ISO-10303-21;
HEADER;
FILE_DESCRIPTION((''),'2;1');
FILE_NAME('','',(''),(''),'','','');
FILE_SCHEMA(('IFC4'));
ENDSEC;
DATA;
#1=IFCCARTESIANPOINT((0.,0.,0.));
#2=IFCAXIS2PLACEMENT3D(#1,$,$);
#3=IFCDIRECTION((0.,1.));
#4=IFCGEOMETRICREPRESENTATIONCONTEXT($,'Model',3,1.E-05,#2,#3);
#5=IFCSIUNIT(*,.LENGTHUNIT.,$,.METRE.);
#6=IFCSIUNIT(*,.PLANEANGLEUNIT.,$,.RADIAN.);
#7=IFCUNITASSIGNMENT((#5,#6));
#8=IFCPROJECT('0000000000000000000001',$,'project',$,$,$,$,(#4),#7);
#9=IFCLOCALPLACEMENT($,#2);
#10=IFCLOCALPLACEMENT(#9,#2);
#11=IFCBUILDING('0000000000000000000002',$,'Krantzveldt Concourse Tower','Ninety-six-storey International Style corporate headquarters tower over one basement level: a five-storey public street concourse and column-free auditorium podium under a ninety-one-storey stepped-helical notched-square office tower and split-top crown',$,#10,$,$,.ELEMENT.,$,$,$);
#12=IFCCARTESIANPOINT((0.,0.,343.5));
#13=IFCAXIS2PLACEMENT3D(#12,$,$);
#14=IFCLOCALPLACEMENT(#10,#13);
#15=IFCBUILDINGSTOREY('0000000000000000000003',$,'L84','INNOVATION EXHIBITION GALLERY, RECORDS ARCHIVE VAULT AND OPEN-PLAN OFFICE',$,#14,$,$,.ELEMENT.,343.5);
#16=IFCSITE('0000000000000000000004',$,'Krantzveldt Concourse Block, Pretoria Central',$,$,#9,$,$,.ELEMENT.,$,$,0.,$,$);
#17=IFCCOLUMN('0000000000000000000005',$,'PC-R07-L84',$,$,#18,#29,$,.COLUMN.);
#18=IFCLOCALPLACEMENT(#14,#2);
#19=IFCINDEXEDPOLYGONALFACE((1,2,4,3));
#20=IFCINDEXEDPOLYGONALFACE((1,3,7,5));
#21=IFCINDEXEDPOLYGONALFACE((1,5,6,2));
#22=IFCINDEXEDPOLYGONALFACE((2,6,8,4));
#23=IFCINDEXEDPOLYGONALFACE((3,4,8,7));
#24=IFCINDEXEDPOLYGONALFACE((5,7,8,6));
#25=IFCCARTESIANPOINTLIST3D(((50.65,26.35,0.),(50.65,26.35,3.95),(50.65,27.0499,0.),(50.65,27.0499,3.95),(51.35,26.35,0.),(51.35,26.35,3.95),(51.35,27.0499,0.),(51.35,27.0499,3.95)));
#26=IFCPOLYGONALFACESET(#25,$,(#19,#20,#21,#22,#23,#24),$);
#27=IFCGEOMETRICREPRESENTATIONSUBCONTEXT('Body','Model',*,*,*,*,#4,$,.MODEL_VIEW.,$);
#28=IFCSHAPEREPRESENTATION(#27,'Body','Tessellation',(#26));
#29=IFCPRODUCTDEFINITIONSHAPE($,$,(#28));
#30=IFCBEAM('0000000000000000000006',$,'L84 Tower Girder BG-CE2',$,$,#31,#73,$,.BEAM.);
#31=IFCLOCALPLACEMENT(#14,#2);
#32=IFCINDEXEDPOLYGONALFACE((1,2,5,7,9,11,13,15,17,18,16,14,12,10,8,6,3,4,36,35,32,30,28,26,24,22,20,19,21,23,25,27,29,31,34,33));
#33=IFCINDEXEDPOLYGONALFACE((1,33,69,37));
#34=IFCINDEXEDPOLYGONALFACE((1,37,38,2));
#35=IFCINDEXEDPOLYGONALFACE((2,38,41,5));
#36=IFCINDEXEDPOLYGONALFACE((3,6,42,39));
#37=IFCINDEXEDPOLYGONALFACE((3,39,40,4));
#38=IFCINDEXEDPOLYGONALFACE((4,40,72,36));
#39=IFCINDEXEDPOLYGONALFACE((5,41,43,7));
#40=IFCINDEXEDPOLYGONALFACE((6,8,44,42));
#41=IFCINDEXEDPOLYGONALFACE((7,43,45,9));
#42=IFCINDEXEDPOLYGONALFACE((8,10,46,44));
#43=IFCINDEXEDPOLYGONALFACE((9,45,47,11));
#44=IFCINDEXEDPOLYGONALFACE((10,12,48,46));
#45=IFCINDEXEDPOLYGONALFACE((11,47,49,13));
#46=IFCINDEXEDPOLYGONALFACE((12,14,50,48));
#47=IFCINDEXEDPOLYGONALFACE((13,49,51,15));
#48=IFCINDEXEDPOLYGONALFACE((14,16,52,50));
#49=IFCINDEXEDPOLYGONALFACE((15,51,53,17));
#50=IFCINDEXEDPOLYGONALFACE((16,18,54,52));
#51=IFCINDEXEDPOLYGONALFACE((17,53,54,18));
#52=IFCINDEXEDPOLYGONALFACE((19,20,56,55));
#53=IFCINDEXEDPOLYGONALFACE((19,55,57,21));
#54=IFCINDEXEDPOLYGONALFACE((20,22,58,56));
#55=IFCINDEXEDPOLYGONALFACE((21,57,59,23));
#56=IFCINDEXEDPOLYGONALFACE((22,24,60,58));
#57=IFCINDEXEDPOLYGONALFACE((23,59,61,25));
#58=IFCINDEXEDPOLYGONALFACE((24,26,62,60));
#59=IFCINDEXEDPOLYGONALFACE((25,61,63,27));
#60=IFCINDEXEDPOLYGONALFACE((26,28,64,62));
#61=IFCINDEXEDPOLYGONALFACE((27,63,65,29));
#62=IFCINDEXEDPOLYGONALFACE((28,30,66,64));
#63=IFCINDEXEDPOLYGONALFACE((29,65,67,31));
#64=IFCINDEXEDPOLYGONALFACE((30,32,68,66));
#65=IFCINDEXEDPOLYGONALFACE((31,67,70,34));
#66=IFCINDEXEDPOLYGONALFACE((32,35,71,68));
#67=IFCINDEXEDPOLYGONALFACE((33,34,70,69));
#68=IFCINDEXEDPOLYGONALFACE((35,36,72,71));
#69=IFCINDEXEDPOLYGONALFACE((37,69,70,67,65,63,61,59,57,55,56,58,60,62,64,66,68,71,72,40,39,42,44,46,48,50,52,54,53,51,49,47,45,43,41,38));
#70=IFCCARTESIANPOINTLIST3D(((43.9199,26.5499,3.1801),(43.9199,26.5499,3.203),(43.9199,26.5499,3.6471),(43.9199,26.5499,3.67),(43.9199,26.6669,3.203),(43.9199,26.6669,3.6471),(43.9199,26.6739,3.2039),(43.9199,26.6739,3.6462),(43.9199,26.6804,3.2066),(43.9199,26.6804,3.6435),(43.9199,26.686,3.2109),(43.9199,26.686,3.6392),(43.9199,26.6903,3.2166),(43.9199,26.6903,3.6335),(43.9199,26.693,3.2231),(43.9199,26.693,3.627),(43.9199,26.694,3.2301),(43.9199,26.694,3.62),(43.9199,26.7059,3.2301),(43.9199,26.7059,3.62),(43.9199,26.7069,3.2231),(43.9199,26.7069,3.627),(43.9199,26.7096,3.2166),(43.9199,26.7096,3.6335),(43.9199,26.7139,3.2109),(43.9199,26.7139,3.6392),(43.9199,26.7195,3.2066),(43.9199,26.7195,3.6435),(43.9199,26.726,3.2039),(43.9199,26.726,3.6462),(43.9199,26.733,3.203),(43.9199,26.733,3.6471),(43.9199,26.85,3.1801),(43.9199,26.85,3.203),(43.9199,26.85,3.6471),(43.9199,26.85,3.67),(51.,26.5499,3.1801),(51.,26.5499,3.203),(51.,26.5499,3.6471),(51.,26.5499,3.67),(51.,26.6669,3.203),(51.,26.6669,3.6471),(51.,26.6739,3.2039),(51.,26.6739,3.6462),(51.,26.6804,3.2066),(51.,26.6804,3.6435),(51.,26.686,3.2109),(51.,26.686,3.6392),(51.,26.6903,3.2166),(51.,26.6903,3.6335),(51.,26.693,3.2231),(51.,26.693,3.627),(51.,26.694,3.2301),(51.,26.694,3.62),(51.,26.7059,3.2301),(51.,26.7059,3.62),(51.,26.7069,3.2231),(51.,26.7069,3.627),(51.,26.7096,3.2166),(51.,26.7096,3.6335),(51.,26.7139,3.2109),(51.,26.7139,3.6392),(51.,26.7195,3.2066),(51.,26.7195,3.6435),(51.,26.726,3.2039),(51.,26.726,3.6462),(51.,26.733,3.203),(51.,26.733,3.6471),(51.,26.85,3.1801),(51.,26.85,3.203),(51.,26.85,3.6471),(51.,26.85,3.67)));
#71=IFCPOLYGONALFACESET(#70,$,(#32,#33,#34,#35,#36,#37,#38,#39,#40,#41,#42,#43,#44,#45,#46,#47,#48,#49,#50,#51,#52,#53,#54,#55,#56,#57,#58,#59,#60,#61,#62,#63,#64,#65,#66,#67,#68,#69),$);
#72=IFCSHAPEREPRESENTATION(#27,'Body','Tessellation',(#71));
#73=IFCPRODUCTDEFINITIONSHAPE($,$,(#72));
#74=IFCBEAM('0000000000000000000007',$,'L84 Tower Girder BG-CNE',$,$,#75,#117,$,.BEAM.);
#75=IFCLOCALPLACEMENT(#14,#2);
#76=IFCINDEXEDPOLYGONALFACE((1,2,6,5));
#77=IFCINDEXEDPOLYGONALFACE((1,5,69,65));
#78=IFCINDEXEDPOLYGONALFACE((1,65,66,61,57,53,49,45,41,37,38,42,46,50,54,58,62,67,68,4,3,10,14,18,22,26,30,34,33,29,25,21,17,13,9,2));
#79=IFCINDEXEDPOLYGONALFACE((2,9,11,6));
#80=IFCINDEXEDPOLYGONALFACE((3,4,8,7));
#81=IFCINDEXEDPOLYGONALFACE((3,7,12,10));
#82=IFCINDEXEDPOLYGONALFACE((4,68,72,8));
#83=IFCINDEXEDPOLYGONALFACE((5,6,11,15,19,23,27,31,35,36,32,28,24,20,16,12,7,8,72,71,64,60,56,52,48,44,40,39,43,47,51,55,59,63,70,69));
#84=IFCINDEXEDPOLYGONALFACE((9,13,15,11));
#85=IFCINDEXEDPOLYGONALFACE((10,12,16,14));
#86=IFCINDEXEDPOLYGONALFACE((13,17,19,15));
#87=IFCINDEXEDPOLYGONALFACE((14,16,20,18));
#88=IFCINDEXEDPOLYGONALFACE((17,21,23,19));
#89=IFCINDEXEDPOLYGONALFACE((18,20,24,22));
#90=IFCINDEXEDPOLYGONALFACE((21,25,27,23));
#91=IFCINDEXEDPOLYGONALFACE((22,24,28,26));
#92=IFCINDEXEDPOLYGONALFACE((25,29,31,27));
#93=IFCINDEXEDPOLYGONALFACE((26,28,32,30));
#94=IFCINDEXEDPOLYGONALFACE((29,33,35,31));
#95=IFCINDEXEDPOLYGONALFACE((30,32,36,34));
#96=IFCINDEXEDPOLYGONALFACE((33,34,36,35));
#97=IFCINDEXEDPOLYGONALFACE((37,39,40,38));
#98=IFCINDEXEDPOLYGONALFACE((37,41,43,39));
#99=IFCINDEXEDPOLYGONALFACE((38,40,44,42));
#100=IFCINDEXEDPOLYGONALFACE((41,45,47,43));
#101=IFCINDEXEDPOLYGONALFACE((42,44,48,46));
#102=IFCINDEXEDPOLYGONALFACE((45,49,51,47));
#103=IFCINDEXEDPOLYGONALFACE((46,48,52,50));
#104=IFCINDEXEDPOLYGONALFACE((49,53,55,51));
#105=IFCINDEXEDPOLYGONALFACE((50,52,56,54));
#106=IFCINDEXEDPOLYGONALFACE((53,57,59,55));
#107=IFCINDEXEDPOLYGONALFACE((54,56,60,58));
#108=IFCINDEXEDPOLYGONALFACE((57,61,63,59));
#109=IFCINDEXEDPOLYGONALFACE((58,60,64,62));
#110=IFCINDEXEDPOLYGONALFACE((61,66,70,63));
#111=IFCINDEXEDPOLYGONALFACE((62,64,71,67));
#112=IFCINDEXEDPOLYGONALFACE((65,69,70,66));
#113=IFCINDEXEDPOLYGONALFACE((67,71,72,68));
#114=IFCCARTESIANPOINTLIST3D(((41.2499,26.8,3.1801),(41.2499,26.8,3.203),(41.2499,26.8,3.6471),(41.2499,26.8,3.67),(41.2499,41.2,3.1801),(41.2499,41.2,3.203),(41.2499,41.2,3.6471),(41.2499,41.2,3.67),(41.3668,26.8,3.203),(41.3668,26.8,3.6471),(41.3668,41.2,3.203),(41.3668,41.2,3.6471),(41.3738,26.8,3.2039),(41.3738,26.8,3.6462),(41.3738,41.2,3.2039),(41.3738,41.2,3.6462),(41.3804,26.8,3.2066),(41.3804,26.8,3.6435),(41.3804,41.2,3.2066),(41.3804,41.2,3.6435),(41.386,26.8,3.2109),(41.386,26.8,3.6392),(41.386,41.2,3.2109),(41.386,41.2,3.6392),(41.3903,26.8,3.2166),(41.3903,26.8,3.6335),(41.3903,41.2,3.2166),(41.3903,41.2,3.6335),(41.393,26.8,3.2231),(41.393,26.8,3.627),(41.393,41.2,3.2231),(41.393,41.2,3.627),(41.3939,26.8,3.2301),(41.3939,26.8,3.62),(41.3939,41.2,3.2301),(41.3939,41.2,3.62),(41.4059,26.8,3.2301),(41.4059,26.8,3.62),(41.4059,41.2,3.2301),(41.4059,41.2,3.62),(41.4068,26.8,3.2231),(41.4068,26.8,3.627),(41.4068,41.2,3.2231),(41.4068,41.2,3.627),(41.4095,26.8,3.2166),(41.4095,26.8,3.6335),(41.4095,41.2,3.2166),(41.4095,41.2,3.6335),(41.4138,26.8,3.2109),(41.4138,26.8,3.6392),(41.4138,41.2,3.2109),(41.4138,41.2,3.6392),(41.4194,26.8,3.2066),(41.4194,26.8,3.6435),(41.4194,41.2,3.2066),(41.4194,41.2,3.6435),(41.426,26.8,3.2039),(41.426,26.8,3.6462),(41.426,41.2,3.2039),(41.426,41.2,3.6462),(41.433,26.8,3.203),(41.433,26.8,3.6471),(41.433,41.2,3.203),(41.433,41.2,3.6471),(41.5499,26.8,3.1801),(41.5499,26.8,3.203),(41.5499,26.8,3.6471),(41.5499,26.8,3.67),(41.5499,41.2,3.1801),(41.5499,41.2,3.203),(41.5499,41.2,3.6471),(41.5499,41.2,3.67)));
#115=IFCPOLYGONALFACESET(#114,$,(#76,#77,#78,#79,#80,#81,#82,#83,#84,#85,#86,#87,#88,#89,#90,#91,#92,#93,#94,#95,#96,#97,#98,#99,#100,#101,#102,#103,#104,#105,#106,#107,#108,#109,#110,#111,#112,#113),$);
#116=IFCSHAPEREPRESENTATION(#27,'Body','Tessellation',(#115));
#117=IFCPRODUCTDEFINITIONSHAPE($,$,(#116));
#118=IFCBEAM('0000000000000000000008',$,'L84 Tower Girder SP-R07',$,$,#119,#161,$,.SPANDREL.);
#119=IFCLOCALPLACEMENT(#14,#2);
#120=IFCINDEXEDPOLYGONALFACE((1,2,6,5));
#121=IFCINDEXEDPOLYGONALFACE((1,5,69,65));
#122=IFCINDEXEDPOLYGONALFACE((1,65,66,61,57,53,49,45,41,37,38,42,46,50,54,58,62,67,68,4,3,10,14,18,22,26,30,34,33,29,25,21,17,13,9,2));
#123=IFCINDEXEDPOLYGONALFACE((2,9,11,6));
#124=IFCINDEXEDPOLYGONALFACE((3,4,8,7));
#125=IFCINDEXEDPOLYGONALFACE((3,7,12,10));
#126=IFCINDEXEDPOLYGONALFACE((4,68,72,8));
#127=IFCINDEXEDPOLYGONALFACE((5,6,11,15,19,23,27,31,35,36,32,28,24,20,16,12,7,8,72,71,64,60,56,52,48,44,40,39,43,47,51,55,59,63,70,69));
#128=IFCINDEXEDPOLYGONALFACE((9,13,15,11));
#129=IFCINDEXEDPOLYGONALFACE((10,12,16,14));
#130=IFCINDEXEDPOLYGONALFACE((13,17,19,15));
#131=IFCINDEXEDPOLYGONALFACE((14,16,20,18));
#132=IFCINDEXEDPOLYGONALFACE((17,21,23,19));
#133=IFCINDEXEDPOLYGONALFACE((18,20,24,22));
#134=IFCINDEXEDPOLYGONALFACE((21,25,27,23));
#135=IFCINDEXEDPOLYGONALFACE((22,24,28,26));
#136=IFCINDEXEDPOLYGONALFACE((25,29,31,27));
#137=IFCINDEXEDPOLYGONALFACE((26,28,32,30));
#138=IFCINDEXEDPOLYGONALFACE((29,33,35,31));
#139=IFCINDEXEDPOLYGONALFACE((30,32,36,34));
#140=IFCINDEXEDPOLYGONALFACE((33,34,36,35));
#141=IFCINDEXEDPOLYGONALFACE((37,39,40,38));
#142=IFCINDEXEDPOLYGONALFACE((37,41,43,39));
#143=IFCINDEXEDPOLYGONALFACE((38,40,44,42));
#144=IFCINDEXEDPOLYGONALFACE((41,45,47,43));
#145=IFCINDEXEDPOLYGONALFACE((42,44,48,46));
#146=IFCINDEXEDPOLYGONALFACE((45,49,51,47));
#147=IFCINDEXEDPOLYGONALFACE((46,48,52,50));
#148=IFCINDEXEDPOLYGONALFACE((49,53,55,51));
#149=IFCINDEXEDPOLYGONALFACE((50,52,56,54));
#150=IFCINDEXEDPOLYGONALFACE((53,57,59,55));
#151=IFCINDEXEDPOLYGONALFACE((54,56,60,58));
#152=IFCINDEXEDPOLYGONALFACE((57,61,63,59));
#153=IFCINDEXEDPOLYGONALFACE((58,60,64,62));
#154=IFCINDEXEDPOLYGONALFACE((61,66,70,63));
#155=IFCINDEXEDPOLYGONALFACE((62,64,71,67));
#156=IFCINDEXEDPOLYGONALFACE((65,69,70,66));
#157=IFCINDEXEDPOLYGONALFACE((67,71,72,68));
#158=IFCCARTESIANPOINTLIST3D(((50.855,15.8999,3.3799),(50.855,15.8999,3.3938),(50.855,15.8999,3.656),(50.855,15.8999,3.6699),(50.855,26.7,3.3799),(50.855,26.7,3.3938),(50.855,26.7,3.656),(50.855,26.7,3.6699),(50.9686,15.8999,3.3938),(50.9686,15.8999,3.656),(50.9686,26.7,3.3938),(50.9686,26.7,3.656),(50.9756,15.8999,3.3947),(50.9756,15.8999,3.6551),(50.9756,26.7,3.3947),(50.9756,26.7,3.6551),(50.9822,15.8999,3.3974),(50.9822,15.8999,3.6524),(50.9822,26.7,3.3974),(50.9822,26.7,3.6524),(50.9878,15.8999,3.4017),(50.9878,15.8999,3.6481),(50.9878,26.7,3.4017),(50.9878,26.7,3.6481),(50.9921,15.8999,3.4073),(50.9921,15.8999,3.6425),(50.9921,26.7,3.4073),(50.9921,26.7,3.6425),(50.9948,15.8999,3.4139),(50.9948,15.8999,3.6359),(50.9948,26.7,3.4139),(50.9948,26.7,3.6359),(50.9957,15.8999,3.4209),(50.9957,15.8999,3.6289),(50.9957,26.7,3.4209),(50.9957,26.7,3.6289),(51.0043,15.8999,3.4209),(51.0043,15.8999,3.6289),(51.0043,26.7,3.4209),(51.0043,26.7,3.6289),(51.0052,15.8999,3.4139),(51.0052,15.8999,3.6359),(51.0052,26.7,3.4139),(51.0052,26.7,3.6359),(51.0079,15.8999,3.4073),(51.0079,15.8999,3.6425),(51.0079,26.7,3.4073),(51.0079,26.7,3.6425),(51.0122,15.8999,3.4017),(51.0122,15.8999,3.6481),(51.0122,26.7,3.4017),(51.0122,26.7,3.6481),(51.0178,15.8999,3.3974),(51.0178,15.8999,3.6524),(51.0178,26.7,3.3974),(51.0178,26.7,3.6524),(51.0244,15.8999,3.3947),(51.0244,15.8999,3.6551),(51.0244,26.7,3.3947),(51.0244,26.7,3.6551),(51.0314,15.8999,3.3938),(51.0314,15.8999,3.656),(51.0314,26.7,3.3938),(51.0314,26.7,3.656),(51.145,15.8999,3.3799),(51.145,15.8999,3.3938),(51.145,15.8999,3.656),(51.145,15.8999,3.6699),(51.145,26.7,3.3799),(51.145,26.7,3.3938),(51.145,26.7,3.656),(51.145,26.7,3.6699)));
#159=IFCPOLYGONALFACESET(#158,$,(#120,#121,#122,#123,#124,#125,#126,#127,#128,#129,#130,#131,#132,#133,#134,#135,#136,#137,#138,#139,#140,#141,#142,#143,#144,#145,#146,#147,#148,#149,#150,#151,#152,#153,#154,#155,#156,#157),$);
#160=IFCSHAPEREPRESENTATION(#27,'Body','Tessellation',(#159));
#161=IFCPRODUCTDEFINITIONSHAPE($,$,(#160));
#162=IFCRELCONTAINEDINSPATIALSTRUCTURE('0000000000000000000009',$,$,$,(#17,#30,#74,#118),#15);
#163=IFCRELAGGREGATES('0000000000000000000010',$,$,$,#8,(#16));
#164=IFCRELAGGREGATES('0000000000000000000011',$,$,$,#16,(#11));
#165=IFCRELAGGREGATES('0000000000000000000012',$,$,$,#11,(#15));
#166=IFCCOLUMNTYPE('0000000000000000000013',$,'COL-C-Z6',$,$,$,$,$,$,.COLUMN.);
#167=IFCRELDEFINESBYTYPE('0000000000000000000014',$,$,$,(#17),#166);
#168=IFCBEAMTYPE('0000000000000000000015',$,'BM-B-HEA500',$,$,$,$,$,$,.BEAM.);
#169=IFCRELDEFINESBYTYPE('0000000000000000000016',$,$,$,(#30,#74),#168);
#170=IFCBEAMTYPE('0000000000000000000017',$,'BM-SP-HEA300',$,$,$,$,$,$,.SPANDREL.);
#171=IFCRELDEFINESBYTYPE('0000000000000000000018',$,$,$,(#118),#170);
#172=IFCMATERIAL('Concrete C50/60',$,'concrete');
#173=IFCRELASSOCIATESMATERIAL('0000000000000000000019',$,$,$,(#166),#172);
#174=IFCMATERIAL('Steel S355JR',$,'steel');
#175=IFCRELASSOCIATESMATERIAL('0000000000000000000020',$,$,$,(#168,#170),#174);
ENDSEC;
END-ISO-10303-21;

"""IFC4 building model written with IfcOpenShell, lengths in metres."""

from ifc_helpers import new_model, si_unit, direction, frame, origin, origin_2d, place, context, subcontext, project, spatial, rectangle, i_section, extrude, source, transform, mapped, material, material_profile, profile_set, type_object, type_shapes, element, save


model = new_model("IFC4")

# Units and contexts
model_context = context("Model", 3, precision=1e-05, world=origin(), true_north=direction((0.0, 1.0)))
body_context = subcontext(model_context, "Body", "Model", "MODEL_VIEW")
ifc_project = project(units=[si_unit("LENGTHUNIT", "METRE"), si_unit("PLANEANGLEUNIT", "RADIAN")], contexts=[model_context])

# Site, building, storey
site_placement = place(None, origin())
site = spatial("IfcSite", under=ifc_project, at=site_placement, Name="Krantzveldt Concourse Block, Pretoria Central", CompositionType="ELEMENT", RefElevation=0.0)
building_placement = place(site_placement, origin())
building = spatial("IfcBuilding", under=site, at=building_placement, Name="Krantzveldt Concourse Tower", Description="Ninety-six-storey International Style corporate headquarters tower over one basement level: a five-storey public street concourse and column-free auditorium podium under a ninety-one-storey stepped-helical notched-square office tower and split-top crown", CompositionType="ELEMENT")
storey_placement = place(building_placement, frame((0.0, 0.0, 343.5)))
storey = spatial("IfcBuildingStorey", under=building, at=storey_placement, Name="L84", Description="INNOVATION EXHIBITION GALLERY, RECORDS ARCHIVE VAULT AND OPEN-PLAN OFFICE", CompositionType="ELEMENT", Elevation=343.5)

# Column
ifc_material_1 = material(Name="Concrete C50/60", Category="concrete")
ifc_material_profile_1 = material_profile(ifc_material_1, rectangle(XDim=0.7, YDim=0.7, at=origin_2d()), Name="Concrete C50/60", Category="concrete")
ifc_profile_set_1 = profile_set([ifc_material_profile_1], Name="Concrete C50/60 - RC 700x700")
column_type = type_object("IfcColumnType", Name="COL-C-Z6", PredefinedType="COLUMN", material=ifc_profile_set_1)
shared_shape_1 = source(origin(), body_context, "Body", "SweptSolid", [
    extrude(rectangle(XDim=0.7, YDim=0.7, at=origin_2d()), origin(), (0.0, 0.0, 1.0), 3.95),
])
type_shapes(column_type, [shared_shape_1])
column_placement = place(storey_placement, frame((51.0, 26.7, 0.0), z_axis=(0.0, 0.0, 1.0), x_axis=(1.0, 0.0, 0.0)))
element("IfcColumn", 1, at=column_placement, inside=storey, type_object=column_type, Name="PC-R07-L84", PredefinedType="COLUMN", context=body_context, shape_type="MappedRepresentation", body=[
    mapped(shared_shape_1, transform((0.0, 0.0, 0.0), x_axis=(1.0, 0.0, 0.0), y_axis=(0.0, 1.0, 0.0), z_axis=(0.0, 0.0, 1.0), scale=1.0)),
])

# Beams
ifc_material_2 = material(Name="Steel S355JR", Category="steel")
ifc_material_profile_2 = material_profile(ifc_material_2, i_section(OverallWidth=0.3, OverallDepth=0.49, WebThickness=0.012, FlangeThickness=0.0229, FilletRadius=0.0271, at=origin_2d()), Name="Steel S355JR", Category="steel")
ifc_profile_set_2 = profile_set([ifc_material_profile_2], Name="Steel S355JR - HEA 500")
beam_type_1 = type_object("IfcBeamType", Name="BM-B-HEA500", PredefinedType="BEAM", material=ifc_profile_set_2)
shared_shape_2 = source(origin(), body_context, "Body", "SweptSolid", [
    extrude(i_section(OverallWidth=0.3, OverallDepth=0.49, WebThickness=0.012, FlangeThickness=0.0229, FilletRadius=0.0271, at=origin_2d()), origin(), (0.0, 0.0, 1.0), 7.0801),
])
beam_1_placement = place(storey_placement, frame((43.9199, 26.7, 3.425), z_axis=(1.0, 0.0, 0.0), x_axis=(0.0, 1.0, 0.0)))
element("IfcBeam", 2, at=beam_1_placement, inside=storey, type_object=beam_type_1, Name="L84 Tower Girder BG-CE2", PredefinedType="BEAM", context=body_context, shape_type="MappedRepresentation", body=[
    mapped(shared_shape_2, transform((0.0, 0.0, 0.0), x_axis=(1.0, 0.0, 0.0), y_axis=(0.0, 1.0, 0.0), z_axis=(0.0, 0.0, 1.0), scale=1.0)),
])
shared_shape_3 = source(origin(), body_context, "Body", "SweptSolid", [
    extrude(i_section(OverallWidth=0.3, OverallDepth=0.49, WebThickness=0.012, FlangeThickness=0.0229, FilletRadius=0.0271, at=origin_2d()), origin(), (0.0, 0.0, 1.0), 14.3999),
])
type_shapes(beam_type_1, [shared_shape_2, shared_shape_3])
beam_2_placement = place(storey_placement, frame((41.3999, 26.8, 3.425), z_axis=(0.0, 1.0, 0.0), x_axis=(-1.0, 0.0, 0.0)))
element("IfcBeam", 3, at=beam_2_placement, inside=storey, type_object=beam_type_1, Name="L84 Tower Girder BG-CNE", PredefinedType="BEAM", context=body_context, shape_type="MappedRepresentation", body=[
    mapped(shared_shape_3, transform((0.0, 0.0, 0.0), x_axis=(1.0, 0.0, 0.0), y_axis=(0.0, 1.0, 0.0), z_axis=(0.0, 0.0, 1.0), scale=1.0)),
])
ifc_material_profile_3 = material_profile(ifc_material_2, i_section(OverallWidth=0.29, OverallDepth=0.29, WebThickness=0.0085, FlangeThickness=0.0139, FilletRadius=0.0271, at=origin_2d()), Name="Steel S355JR", Category="steel")
ifc_profile_set_3 = profile_set([ifc_material_profile_3], Name="Steel S355JR - HEA 300")
beam_type_2 = type_object("IfcBeamType", Name="BM-SP-HEA300", PredefinedType="SPANDREL", material=ifc_profile_set_3)
shared_shape_4 = source(origin(), body_context, "Body", "SweptSolid", [
    extrude(i_section(OverallWidth=0.29, OverallDepth=0.29, WebThickness=0.0085, FlangeThickness=0.0139, FilletRadius=0.0271, at=origin_2d()), origin(), (0.0, 0.0, 1.0), 10.8),
])
type_shapes(beam_type_2, [shared_shape_4])
beam_3_placement = place(storey_placement, frame((51.0, 26.7, 3.5249), z_axis=(0.0, -1.0, 0.0), x_axis=(1.0, 0.0, 0.0)))
element("IfcBeam", 4, at=beam_3_placement, inside=storey, type_object=beam_type_2, Name="L84 Tower Girder SP-R07", PredefinedType="SPANDREL", context=body_context, shape_type="MappedRepresentation", body=[
    mapped(shared_shape_4, transform((0.0, 0.0, 0.0), x_axis=(1.0, 0.0, 0.0), y_axis=(0.0, 1.0, 0.0), z_axis=(0.0, 0.0, 1.0), scale=1.0)),
])

save(model, "model.ifc")
